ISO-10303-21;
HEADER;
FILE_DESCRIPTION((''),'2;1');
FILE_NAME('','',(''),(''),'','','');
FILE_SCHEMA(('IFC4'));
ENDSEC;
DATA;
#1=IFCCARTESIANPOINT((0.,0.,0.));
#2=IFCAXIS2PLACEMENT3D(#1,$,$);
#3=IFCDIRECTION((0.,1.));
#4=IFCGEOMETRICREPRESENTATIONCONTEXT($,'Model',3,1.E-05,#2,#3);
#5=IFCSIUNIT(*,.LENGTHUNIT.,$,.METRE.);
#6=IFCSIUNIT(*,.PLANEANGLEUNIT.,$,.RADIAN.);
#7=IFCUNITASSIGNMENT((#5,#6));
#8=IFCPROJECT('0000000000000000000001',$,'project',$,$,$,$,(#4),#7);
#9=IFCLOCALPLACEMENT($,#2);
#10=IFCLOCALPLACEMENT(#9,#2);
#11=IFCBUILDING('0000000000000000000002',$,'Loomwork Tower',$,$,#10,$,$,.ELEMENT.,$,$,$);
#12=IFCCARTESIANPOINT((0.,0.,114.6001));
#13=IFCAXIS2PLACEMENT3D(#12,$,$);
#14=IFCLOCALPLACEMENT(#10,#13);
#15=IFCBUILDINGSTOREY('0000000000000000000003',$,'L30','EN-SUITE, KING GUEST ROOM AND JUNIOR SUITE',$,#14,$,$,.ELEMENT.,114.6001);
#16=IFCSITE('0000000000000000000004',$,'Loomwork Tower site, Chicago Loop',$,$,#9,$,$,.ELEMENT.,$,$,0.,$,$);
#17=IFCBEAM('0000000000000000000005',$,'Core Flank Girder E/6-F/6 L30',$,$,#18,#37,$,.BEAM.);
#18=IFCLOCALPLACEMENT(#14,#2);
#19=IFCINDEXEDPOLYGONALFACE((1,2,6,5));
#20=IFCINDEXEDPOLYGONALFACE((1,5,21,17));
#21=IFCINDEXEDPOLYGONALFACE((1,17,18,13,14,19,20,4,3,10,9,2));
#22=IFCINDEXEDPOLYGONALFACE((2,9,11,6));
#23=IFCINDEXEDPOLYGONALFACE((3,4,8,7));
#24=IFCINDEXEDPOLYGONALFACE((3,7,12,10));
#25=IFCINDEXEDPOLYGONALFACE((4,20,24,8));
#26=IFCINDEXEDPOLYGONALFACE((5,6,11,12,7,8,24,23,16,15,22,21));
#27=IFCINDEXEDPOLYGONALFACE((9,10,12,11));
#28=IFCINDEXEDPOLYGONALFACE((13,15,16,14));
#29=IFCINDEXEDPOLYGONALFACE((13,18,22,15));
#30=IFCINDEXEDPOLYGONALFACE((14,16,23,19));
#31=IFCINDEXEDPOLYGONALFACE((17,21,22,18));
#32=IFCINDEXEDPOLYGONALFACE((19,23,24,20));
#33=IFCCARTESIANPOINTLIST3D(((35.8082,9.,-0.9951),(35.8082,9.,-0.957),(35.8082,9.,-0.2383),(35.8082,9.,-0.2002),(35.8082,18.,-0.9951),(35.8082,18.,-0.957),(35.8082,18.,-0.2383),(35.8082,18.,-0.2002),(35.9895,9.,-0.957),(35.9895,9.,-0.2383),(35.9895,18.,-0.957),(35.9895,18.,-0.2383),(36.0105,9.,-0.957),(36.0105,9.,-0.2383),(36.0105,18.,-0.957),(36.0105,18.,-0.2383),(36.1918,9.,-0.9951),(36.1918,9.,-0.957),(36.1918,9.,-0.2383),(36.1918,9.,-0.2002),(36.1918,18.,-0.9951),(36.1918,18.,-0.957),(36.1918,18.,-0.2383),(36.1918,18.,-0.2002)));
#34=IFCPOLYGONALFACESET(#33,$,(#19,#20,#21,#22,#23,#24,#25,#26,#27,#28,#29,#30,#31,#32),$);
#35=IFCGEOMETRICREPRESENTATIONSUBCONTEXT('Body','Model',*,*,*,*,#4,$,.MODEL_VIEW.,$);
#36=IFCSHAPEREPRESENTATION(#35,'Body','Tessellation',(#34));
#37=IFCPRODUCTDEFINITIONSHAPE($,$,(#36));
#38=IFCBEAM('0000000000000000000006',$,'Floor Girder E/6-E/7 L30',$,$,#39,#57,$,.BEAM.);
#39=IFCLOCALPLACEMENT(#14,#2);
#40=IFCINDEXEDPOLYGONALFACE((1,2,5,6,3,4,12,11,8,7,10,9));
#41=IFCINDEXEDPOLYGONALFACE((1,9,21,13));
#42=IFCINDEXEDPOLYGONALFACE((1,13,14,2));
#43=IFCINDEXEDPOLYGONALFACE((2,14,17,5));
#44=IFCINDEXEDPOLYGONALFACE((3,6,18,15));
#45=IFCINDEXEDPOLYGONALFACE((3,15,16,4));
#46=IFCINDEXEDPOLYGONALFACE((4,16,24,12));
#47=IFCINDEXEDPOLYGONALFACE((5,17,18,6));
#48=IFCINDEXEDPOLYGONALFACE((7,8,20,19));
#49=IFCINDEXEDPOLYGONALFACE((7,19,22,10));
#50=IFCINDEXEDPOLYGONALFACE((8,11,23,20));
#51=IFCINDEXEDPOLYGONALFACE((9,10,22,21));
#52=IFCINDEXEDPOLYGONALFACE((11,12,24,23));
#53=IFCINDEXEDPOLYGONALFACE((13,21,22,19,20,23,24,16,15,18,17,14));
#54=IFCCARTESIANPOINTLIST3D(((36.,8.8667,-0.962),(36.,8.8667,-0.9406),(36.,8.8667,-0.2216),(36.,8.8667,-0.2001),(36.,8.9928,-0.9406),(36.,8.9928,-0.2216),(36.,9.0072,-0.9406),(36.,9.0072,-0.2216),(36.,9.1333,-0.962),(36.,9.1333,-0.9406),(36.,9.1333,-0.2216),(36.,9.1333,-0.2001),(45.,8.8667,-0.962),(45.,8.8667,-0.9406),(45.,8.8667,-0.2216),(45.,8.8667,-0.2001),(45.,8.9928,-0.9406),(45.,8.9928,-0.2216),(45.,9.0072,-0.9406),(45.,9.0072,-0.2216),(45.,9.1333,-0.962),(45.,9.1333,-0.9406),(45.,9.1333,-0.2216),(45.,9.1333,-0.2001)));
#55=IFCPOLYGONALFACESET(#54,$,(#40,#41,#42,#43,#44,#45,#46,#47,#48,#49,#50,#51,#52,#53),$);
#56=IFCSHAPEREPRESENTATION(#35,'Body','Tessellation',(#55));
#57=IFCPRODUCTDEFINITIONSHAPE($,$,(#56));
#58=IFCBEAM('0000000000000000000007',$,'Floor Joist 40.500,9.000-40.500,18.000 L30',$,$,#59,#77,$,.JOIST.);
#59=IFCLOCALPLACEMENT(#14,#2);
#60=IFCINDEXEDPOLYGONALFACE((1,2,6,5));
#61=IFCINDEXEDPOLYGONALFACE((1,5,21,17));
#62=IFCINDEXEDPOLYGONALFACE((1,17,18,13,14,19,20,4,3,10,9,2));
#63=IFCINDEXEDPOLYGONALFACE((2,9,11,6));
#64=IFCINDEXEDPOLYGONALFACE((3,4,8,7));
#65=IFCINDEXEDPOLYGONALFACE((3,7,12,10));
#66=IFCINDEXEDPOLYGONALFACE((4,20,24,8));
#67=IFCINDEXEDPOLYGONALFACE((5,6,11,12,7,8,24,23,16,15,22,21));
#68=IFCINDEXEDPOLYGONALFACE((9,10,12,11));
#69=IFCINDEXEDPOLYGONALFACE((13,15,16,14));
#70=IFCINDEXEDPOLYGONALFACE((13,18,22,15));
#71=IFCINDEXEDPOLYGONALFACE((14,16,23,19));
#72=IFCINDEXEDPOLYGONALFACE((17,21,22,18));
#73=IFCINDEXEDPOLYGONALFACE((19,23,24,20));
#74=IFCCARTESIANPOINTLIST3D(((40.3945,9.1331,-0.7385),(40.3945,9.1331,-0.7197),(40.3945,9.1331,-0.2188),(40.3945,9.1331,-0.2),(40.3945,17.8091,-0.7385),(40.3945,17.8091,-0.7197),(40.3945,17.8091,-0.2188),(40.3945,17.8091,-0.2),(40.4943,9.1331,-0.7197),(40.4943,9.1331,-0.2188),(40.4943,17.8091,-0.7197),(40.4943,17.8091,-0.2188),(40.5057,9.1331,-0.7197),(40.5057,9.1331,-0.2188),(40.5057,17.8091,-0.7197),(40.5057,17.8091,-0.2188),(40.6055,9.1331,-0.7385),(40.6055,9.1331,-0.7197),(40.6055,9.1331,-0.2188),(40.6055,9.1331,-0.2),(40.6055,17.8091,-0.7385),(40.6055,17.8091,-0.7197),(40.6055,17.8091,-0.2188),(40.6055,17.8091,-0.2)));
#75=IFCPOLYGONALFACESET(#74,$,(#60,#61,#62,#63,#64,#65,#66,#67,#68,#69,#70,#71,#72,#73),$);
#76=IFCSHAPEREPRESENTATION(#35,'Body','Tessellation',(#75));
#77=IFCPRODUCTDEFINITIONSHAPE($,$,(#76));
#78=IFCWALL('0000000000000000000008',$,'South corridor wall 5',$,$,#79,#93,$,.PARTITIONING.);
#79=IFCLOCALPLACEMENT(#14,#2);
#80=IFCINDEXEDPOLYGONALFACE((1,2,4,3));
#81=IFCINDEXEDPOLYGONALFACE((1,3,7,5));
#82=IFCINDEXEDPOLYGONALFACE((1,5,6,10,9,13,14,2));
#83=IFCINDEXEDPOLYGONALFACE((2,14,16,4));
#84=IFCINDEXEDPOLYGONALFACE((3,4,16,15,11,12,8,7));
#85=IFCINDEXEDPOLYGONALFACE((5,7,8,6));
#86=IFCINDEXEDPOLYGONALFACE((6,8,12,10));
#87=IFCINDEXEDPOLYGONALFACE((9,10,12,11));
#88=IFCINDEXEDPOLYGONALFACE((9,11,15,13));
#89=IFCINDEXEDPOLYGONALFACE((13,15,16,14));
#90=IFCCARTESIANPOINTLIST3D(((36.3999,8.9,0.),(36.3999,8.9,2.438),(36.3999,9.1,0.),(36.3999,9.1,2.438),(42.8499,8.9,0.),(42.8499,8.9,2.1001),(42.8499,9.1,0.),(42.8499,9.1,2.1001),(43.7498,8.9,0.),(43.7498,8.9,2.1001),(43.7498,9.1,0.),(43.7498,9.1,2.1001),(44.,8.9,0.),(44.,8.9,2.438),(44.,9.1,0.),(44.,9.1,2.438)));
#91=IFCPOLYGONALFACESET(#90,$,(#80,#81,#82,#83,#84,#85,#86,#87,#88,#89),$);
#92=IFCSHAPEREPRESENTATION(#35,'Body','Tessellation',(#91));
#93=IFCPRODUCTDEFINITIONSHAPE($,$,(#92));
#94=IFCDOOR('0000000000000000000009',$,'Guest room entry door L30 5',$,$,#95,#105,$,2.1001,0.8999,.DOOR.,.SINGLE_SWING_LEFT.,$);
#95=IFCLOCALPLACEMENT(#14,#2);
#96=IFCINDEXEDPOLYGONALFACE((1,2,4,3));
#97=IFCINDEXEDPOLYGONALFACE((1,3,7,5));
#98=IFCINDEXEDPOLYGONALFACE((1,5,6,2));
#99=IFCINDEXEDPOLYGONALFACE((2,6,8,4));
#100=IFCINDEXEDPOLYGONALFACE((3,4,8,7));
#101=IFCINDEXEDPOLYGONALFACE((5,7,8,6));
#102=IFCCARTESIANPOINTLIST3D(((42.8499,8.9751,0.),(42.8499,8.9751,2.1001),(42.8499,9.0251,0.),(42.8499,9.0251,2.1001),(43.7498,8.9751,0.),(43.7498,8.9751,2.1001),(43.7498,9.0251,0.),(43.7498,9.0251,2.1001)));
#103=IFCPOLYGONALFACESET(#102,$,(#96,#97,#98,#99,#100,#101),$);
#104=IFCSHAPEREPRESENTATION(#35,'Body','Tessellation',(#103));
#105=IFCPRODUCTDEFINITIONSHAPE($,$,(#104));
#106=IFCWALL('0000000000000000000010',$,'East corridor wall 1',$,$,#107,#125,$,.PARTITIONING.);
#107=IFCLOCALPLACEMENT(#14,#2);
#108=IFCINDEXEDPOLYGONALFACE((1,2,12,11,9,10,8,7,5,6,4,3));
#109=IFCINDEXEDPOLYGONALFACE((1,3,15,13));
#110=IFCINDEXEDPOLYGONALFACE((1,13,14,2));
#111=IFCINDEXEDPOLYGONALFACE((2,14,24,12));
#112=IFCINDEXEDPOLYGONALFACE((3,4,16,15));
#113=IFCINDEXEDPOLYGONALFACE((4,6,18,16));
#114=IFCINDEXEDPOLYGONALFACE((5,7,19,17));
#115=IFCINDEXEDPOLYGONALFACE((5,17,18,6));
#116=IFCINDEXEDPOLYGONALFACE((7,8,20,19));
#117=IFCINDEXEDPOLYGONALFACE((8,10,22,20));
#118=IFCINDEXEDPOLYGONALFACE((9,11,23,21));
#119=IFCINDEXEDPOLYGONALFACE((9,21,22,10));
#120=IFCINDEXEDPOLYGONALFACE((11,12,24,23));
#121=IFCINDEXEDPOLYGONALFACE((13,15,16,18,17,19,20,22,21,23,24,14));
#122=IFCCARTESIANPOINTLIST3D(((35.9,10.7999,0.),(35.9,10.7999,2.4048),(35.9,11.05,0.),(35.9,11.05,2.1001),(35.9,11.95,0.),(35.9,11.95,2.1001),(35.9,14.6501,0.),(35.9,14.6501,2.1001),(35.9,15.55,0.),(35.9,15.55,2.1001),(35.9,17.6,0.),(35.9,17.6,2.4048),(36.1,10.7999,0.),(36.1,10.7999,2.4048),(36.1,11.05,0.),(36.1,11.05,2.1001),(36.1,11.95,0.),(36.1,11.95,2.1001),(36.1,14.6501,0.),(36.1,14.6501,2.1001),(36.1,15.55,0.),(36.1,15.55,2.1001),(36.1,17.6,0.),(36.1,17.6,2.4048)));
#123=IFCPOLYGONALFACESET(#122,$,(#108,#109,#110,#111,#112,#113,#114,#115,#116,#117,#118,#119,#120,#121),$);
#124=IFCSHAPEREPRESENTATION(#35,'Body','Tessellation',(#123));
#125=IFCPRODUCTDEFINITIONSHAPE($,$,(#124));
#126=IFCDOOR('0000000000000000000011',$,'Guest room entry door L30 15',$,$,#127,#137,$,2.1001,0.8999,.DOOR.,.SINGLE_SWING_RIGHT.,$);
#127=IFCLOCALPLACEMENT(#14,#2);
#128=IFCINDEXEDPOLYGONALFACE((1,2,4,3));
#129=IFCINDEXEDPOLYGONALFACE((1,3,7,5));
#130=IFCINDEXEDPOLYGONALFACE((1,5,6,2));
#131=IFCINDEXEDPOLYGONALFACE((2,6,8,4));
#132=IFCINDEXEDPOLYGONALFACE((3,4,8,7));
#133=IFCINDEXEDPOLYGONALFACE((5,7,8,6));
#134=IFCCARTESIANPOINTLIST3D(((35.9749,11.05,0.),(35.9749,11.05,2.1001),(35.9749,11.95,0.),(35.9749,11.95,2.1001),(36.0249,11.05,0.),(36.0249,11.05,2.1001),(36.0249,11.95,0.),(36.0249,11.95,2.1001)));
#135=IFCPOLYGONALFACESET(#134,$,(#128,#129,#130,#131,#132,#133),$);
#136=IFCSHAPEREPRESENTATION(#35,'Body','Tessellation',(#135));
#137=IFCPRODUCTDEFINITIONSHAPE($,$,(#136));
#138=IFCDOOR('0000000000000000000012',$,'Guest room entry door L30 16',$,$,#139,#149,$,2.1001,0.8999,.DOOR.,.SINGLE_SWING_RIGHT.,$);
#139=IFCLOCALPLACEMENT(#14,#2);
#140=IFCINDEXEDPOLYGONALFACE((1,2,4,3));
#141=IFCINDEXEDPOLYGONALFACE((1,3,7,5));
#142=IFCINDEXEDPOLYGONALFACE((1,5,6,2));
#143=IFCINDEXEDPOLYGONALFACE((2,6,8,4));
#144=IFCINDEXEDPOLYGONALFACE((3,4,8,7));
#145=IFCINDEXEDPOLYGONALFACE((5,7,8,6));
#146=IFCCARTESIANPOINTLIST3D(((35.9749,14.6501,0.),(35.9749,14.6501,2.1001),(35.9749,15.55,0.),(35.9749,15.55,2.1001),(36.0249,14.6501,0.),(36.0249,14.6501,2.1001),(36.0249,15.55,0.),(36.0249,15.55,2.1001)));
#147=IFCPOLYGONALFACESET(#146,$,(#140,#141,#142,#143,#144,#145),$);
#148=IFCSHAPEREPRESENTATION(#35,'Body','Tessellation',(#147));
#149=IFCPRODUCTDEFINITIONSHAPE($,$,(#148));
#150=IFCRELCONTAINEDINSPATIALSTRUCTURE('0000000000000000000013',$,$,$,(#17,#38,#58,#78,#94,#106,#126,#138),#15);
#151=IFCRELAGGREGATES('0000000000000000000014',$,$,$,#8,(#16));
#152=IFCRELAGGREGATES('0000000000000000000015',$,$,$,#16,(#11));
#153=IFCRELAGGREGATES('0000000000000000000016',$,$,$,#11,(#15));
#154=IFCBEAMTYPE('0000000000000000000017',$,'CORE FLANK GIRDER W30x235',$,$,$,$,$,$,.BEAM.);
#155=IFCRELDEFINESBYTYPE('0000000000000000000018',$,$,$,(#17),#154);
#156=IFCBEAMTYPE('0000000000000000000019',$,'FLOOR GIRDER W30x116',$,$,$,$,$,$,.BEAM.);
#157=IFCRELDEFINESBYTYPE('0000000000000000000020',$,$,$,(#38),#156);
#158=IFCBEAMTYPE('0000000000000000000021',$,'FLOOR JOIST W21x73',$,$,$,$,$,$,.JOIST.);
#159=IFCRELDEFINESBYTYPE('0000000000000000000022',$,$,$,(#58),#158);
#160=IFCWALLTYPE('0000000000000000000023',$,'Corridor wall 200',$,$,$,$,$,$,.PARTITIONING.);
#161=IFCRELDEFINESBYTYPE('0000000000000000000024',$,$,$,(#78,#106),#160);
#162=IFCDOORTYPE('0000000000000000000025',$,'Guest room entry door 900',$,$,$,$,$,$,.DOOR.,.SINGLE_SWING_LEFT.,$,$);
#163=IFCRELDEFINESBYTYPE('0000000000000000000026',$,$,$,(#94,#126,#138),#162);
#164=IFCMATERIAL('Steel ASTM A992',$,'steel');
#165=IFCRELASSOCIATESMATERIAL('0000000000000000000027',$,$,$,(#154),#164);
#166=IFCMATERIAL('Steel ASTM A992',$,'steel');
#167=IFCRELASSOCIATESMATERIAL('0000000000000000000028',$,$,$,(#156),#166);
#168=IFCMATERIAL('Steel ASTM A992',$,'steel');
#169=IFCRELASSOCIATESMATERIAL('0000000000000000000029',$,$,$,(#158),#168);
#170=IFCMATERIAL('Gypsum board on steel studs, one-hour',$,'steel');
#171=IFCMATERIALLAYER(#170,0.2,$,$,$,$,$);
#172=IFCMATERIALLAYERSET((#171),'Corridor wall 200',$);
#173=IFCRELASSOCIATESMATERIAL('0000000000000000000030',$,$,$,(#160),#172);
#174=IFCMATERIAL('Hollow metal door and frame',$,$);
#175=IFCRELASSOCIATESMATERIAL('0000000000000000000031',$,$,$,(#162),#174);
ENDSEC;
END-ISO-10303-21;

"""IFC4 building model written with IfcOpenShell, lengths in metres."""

from ifc_helpers import new_model, si_unit, direction, frame, frame_2d, origin, origin_2d, place, context, subcontext, project, spatial, rectangle, i_section, extrude, material, layer, layer_set, material_profile, profile_set, type_object, element, fill, save


model = new_model("IFC4")

# Units and contexts
model_context = context("Model", 3, precision=1e-05, world=origin(), true_north=direction((0.0, 1.0)))
body_context = subcontext(model_context, "Body", "Model", "MODEL_VIEW")
ifc_project = project(units=[si_unit("LENGTHUNIT", "METRE"), si_unit("PLANEANGLEUNIT", "RADIAN")], contexts=[model_context])

# Site, building, storey
site_placement = place(None, origin())
site = spatial("IfcSite", under=ifc_project, at=site_placement, Name="Loomwork Tower site, Chicago Loop", CompositionType="ELEMENT", RefElevation=0.0)
building_placement = place(site_placement, origin())
building = spatial("IfcBuilding", under=site, at=building_placement, Name="Loomwork Tower", CompositionType="ELEMENT")
storey_placement = place(building_placement, frame((0.0, 0.0, 114.6001)))
storey = spatial("IfcBuildingStorey", under=building, at=storey_placement, Name="L30", Description="EN-SUITE, KING GUEST ROOM AND JUNIOR SUITE", CompositionType="ELEMENT", Elevation=114.6001)

# Beams
ifc_material_1 = material(Name="Steel ASTM A992", Category="steel")
ifc_material_profile_1 = material_profile(ifc_material_1, i_section(OverallWidth=0.3835, OverallDepth=0.7949, WebThickness=0.021, FlangeThickness=0.0381, at=origin_2d()), Name="W30x235")
ifc_profile_set_1 = profile_set([ifc_material_profile_1], Name="Steel ASTM A992")
beam_type_1 = type_object("IfcBeamType", Name="CORE FLANK GIRDER W30x235", PredefinedType="BEAM", material=ifc_profile_set_1)
beam_1_placement = place(storey_placement, frame((36.0, 9.0, -0.5977), z_axis=(0.0, 1.0, 0.0), x_axis=(-1.0, 0.0, 0.0)))
element("IfcBeam", 1, at=beam_1_placement, inside=storey, type_object=beam_type_1, Name="Core Flank Girder E/6-F/6 L30", PredefinedType="BEAM", context=body_context, shape_type="SweptSolid", body=[
    extrude(i_section(OverallWidth=0.3835, OverallDepth=0.7949, WebThickness=0.021, FlangeThickness=0.0381, at=origin_2d()), origin(), (0.0, 0.0, 1.0), 9.0),
])
ifc_material_2 = material(Name="Steel ASTM A992", Category="steel")
ifc_material_profile_2 = material_profile(ifc_material_2, i_section(OverallWidth=0.2666, OverallDepth=0.762, WebThickness=0.0144, FlangeThickness=0.0215, at=origin_2d()), Name="W30x116")
ifc_profile_set_2 = profile_set([ifc_material_profile_2], Name="Steel ASTM A992")
beam_type_2 = type_object("IfcBeamType", Name="FLOOR GIRDER W30x116", PredefinedType="BEAM", material=ifc_profile_set_2)
beam_2_placement = place(storey_placement, frame((36.0, 9.0, -0.5811), z_axis=(1.0, 0.0, 0.0), x_axis=(0.0, 1.0, 0.0)))
element("IfcBeam", 2, at=beam_2_placement, inside=storey, type_object=beam_type_2, Name="Floor Girder E/6-E/7 L30", PredefinedType="BEAM", context=body_context, shape_type="SweptSolid", body=[
    extrude(i_section(OverallWidth=0.2666, OverallDepth=0.762, WebThickness=0.0144, FlangeThickness=0.0215, at=origin_2d()), origin(), (0.0, 0.0, 1.0), 9.0),
])
ifc_material_3 = material(Name="Steel ASTM A992", Category="steel")
ifc_material_profile_3 = material_profile(ifc_material_3, i_section(OverallWidth=0.2109, OverallDepth=0.5386, WebThickness=0.0115, FlangeThickness=0.0188, at=origin_2d()), Name="W21x73")
ifc_profile_set_3 = profile_set([ifc_material_profile_3], Name="Steel ASTM A992")
beam_type_3 = type_object("IfcBeamType", Name="FLOOR JOIST W21x73", PredefinedType="JOIST", material=ifc_profile_set_3)
beam_3_placement = place(storey_placement, frame((40.5, 9.1331, -0.4692), z_axis=(0.0, 1.0, 0.0), x_axis=(-1.0, 0.0, 0.0)))
element("IfcBeam", 3, at=beam_3_placement, inside=storey, type_object=beam_type_3, Name="Floor Joist 40.500,9.000-40.500,18.000 L30", PredefinedType="JOIST", context=body_context, shape_type="SweptSolid", body=[
    extrude(i_section(OverallWidth=0.2109, OverallDepth=0.5386, WebThickness=0.0115, FlangeThickness=0.0188, at=origin_2d()), origin(), (0.0, 0.0, 1.0), 8.676),
])

# Wall, opening, door
ifc_material_4 = material(Name="Gypsum board on steel studs, one-hour", Category="steel")
ifc_layer_1 = layer(ifc_material_4, 0.2)
ifc_layer_set_1 = layer_set([ifc_layer_1], Name="Corridor wall 200")
wall_type_1 = type_object("IfcWallType", Name="Corridor wall 200", PredefinedType="PARTITIONING", material=ifc_layer_set_1)
wall_1_placement = place(storey_placement, frame((36.3999, 9.0, 0.0), z_axis=(0.0, 0.0, 1.0), x_axis=(1.0, 0.0, 0.0)))
wall_1 = element("IfcWall", 4, at=wall_1_placement, inside=storey, type_object=wall_type_1, Name="South corridor wall 5", PredefinedType="PARTITIONING", context=body_context, shape_type="SweptSolid", body=[
    extrude(rectangle(XDim=7.6001, YDim=0.2, at=frame_2d((3.8, 0.0))), origin(), (0.0, 0.0, 1.0), 2.438),
])
opening_1_placement = place(wall_1_placement, frame((6.45, 0.0, 0.0)))
opening_1 = element("IfcOpeningElement", 5, at=opening_1_placement, cuts=wall_1, PredefinedType="OPENING", context=body_context, shape_type="SweptSolid", body=[
    extrude(rectangle(XDim=0.8999, YDim=2.1001, at=frame_2d((0.45, 1.05))), frame((0.0, 0.1099, 0.0), z_axis=(0.0, -1.0, 0.0), x_axis=(1.0, 0.0, 0.0)), (0.0, 0.0, 1.0), 0.22),
])
ifc_material_5 = material(Name="Hollow metal door and frame")
door_type_1 = type_object("IfcDoorType", Name="Guest room entry door 900", OperationType="SINGLE_SWING_LEFT", PredefinedType="DOOR", material=ifc_material_5)
door_1_placement = place(opening_1_placement, frame((0.8999, 0.0, 0.0), z_axis=(0.0, 0.0, 1.0), x_axis=(-1.0, 0.0, 0.0)))
door_1 = element("IfcDoor", 6, at=door_1_placement, inside=storey, type_object=door_type_1, Name="Guest room entry door L30 5", OperationType="SINGLE_SWING_LEFT", OverallHeight=2.1001, OverallWidth=0.8999, PredefinedType="DOOR", context=body_context, shape_type="SweptSolid", body=[
    extrude(rectangle(XDim=0.8999, YDim=2.1001, at=frame_2d((0.45, 1.05))), frame((0.0, 0.0249, 0.0), z_axis=(0.0, -1.0, 0.0), x_axis=(1.0, 0.0, 0.0)), (0.0, 0.0, 1.0), 0.05),
])
fill(opening_1, door_1)

# Wall, openings, doors
wall_2_placement = place(storey_placement, frame((36.0, 10.8, 0.0), z_axis=(0.0, 0.0, 1.0), x_axis=(0.0, 1.0, 0.0)))
wall_2 = element("IfcWall", 7, at=wall_2_placement, inside=storey, type_object=wall_type_1, Name="East corridor wall 1", PredefinedType="PARTITIONING", context=body_context, shape_type="SweptSolid", body=[
    extrude(rectangle(XDim=6.8, YDim=0.2, at=frame_2d((3.3999, 0.0))), origin(), (0.0, 0.0, 1.0), 2.4048),
])
opening_2_placement = place(wall_2_placement, frame((0.25, 0.0, 0.0)))
opening_2 = element("IfcOpeningElement", 8, at=opening_2_placement, cuts=wall_2, PredefinedType="OPENING", context=body_context, shape_type="SweptSolid", body=[
    extrude(rectangle(XDim=0.8999, YDim=2.1001, at=frame_2d((0.45, 1.05))), frame((0.0, 0.1099, 0.0), z_axis=(0.0, -1.0, 0.0), x_axis=(1.0, 0.0, 0.0)), (0.0, 0.0, 1.0), 0.22),
])
opening_3_placement = place(wall_2_placement, frame((3.8501, 0.0, 0.0)))
opening_3 = element("IfcOpeningElement", 9, at=opening_3_placement, cuts=wall_2, PredefinedType="OPENING", context=body_context, shape_type="SweptSolid", body=[
    extrude(rectangle(XDim=0.8999, YDim=2.1001, at=frame_2d((0.45, 1.05))), frame((0.0, 0.1099, 0.0), z_axis=(0.0, -1.0, 0.0), x_axis=(1.0, 0.0, 0.0)), (0.0, 0.0, 1.0), 0.22),
])
door_2_placement = place(opening_2_placement, frame((0.8999, 0.0, 0.0), z_axis=(0.0, 0.0, 1.0), x_axis=(-1.0, 0.0, 0.0)))
door_2 = element("IfcDoor", 10, at=door_2_placement, inside=storey, type_object=door_type_1, Name="Guest room entry door L30 15", OperationType="SINGLE_SWING_RIGHT", OverallHeight=2.1001, OverallWidth=0.8999, PredefinedType="DOOR", context=body_context, shape_type="SweptSolid", body=[
    extrude(rectangle(XDim=0.8999, YDim=2.1001, at=frame_2d((0.45, 1.05))), frame((0.0, 0.0249, 0.0), z_axis=(0.0, -1.0, 0.0), x_axis=(1.0, 0.0, 0.0)), (0.0, 0.0, 1.0), 0.05),
])
fill(opening_2, door_2)
door_3_placement = place(opening_3_placement, frame((0.8999, 0.0, 0.0), z_axis=(0.0, 0.0, 1.0), x_axis=(-1.0, 0.0, 0.0)))
door_3 = element("IfcDoor", 11, at=door_3_placement, inside=storey, type_object=door_type_1, Name="Guest room entry door L30 16", OperationType="SINGLE_SWING_RIGHT", OverallHeight=2.1001, OverallWidth=0.8999, PredefinedType="DOOR", context=body_context, shape_type="SweptSolid", body=[
    extrude(rectangle(XDim=0.8999, YDim=2.1001, at=frame_2d((0.45, 1.05))), frame((0.0, 0.0249, 0.0), z_axis=(0.0, -1.0, 0.0), x_axis=(1.0, 0.0, 0.0)), (0.0, 0.0, 1.0), 0.05),
])
fill(opening_3, door_3)

save(model, "model.ifc")
